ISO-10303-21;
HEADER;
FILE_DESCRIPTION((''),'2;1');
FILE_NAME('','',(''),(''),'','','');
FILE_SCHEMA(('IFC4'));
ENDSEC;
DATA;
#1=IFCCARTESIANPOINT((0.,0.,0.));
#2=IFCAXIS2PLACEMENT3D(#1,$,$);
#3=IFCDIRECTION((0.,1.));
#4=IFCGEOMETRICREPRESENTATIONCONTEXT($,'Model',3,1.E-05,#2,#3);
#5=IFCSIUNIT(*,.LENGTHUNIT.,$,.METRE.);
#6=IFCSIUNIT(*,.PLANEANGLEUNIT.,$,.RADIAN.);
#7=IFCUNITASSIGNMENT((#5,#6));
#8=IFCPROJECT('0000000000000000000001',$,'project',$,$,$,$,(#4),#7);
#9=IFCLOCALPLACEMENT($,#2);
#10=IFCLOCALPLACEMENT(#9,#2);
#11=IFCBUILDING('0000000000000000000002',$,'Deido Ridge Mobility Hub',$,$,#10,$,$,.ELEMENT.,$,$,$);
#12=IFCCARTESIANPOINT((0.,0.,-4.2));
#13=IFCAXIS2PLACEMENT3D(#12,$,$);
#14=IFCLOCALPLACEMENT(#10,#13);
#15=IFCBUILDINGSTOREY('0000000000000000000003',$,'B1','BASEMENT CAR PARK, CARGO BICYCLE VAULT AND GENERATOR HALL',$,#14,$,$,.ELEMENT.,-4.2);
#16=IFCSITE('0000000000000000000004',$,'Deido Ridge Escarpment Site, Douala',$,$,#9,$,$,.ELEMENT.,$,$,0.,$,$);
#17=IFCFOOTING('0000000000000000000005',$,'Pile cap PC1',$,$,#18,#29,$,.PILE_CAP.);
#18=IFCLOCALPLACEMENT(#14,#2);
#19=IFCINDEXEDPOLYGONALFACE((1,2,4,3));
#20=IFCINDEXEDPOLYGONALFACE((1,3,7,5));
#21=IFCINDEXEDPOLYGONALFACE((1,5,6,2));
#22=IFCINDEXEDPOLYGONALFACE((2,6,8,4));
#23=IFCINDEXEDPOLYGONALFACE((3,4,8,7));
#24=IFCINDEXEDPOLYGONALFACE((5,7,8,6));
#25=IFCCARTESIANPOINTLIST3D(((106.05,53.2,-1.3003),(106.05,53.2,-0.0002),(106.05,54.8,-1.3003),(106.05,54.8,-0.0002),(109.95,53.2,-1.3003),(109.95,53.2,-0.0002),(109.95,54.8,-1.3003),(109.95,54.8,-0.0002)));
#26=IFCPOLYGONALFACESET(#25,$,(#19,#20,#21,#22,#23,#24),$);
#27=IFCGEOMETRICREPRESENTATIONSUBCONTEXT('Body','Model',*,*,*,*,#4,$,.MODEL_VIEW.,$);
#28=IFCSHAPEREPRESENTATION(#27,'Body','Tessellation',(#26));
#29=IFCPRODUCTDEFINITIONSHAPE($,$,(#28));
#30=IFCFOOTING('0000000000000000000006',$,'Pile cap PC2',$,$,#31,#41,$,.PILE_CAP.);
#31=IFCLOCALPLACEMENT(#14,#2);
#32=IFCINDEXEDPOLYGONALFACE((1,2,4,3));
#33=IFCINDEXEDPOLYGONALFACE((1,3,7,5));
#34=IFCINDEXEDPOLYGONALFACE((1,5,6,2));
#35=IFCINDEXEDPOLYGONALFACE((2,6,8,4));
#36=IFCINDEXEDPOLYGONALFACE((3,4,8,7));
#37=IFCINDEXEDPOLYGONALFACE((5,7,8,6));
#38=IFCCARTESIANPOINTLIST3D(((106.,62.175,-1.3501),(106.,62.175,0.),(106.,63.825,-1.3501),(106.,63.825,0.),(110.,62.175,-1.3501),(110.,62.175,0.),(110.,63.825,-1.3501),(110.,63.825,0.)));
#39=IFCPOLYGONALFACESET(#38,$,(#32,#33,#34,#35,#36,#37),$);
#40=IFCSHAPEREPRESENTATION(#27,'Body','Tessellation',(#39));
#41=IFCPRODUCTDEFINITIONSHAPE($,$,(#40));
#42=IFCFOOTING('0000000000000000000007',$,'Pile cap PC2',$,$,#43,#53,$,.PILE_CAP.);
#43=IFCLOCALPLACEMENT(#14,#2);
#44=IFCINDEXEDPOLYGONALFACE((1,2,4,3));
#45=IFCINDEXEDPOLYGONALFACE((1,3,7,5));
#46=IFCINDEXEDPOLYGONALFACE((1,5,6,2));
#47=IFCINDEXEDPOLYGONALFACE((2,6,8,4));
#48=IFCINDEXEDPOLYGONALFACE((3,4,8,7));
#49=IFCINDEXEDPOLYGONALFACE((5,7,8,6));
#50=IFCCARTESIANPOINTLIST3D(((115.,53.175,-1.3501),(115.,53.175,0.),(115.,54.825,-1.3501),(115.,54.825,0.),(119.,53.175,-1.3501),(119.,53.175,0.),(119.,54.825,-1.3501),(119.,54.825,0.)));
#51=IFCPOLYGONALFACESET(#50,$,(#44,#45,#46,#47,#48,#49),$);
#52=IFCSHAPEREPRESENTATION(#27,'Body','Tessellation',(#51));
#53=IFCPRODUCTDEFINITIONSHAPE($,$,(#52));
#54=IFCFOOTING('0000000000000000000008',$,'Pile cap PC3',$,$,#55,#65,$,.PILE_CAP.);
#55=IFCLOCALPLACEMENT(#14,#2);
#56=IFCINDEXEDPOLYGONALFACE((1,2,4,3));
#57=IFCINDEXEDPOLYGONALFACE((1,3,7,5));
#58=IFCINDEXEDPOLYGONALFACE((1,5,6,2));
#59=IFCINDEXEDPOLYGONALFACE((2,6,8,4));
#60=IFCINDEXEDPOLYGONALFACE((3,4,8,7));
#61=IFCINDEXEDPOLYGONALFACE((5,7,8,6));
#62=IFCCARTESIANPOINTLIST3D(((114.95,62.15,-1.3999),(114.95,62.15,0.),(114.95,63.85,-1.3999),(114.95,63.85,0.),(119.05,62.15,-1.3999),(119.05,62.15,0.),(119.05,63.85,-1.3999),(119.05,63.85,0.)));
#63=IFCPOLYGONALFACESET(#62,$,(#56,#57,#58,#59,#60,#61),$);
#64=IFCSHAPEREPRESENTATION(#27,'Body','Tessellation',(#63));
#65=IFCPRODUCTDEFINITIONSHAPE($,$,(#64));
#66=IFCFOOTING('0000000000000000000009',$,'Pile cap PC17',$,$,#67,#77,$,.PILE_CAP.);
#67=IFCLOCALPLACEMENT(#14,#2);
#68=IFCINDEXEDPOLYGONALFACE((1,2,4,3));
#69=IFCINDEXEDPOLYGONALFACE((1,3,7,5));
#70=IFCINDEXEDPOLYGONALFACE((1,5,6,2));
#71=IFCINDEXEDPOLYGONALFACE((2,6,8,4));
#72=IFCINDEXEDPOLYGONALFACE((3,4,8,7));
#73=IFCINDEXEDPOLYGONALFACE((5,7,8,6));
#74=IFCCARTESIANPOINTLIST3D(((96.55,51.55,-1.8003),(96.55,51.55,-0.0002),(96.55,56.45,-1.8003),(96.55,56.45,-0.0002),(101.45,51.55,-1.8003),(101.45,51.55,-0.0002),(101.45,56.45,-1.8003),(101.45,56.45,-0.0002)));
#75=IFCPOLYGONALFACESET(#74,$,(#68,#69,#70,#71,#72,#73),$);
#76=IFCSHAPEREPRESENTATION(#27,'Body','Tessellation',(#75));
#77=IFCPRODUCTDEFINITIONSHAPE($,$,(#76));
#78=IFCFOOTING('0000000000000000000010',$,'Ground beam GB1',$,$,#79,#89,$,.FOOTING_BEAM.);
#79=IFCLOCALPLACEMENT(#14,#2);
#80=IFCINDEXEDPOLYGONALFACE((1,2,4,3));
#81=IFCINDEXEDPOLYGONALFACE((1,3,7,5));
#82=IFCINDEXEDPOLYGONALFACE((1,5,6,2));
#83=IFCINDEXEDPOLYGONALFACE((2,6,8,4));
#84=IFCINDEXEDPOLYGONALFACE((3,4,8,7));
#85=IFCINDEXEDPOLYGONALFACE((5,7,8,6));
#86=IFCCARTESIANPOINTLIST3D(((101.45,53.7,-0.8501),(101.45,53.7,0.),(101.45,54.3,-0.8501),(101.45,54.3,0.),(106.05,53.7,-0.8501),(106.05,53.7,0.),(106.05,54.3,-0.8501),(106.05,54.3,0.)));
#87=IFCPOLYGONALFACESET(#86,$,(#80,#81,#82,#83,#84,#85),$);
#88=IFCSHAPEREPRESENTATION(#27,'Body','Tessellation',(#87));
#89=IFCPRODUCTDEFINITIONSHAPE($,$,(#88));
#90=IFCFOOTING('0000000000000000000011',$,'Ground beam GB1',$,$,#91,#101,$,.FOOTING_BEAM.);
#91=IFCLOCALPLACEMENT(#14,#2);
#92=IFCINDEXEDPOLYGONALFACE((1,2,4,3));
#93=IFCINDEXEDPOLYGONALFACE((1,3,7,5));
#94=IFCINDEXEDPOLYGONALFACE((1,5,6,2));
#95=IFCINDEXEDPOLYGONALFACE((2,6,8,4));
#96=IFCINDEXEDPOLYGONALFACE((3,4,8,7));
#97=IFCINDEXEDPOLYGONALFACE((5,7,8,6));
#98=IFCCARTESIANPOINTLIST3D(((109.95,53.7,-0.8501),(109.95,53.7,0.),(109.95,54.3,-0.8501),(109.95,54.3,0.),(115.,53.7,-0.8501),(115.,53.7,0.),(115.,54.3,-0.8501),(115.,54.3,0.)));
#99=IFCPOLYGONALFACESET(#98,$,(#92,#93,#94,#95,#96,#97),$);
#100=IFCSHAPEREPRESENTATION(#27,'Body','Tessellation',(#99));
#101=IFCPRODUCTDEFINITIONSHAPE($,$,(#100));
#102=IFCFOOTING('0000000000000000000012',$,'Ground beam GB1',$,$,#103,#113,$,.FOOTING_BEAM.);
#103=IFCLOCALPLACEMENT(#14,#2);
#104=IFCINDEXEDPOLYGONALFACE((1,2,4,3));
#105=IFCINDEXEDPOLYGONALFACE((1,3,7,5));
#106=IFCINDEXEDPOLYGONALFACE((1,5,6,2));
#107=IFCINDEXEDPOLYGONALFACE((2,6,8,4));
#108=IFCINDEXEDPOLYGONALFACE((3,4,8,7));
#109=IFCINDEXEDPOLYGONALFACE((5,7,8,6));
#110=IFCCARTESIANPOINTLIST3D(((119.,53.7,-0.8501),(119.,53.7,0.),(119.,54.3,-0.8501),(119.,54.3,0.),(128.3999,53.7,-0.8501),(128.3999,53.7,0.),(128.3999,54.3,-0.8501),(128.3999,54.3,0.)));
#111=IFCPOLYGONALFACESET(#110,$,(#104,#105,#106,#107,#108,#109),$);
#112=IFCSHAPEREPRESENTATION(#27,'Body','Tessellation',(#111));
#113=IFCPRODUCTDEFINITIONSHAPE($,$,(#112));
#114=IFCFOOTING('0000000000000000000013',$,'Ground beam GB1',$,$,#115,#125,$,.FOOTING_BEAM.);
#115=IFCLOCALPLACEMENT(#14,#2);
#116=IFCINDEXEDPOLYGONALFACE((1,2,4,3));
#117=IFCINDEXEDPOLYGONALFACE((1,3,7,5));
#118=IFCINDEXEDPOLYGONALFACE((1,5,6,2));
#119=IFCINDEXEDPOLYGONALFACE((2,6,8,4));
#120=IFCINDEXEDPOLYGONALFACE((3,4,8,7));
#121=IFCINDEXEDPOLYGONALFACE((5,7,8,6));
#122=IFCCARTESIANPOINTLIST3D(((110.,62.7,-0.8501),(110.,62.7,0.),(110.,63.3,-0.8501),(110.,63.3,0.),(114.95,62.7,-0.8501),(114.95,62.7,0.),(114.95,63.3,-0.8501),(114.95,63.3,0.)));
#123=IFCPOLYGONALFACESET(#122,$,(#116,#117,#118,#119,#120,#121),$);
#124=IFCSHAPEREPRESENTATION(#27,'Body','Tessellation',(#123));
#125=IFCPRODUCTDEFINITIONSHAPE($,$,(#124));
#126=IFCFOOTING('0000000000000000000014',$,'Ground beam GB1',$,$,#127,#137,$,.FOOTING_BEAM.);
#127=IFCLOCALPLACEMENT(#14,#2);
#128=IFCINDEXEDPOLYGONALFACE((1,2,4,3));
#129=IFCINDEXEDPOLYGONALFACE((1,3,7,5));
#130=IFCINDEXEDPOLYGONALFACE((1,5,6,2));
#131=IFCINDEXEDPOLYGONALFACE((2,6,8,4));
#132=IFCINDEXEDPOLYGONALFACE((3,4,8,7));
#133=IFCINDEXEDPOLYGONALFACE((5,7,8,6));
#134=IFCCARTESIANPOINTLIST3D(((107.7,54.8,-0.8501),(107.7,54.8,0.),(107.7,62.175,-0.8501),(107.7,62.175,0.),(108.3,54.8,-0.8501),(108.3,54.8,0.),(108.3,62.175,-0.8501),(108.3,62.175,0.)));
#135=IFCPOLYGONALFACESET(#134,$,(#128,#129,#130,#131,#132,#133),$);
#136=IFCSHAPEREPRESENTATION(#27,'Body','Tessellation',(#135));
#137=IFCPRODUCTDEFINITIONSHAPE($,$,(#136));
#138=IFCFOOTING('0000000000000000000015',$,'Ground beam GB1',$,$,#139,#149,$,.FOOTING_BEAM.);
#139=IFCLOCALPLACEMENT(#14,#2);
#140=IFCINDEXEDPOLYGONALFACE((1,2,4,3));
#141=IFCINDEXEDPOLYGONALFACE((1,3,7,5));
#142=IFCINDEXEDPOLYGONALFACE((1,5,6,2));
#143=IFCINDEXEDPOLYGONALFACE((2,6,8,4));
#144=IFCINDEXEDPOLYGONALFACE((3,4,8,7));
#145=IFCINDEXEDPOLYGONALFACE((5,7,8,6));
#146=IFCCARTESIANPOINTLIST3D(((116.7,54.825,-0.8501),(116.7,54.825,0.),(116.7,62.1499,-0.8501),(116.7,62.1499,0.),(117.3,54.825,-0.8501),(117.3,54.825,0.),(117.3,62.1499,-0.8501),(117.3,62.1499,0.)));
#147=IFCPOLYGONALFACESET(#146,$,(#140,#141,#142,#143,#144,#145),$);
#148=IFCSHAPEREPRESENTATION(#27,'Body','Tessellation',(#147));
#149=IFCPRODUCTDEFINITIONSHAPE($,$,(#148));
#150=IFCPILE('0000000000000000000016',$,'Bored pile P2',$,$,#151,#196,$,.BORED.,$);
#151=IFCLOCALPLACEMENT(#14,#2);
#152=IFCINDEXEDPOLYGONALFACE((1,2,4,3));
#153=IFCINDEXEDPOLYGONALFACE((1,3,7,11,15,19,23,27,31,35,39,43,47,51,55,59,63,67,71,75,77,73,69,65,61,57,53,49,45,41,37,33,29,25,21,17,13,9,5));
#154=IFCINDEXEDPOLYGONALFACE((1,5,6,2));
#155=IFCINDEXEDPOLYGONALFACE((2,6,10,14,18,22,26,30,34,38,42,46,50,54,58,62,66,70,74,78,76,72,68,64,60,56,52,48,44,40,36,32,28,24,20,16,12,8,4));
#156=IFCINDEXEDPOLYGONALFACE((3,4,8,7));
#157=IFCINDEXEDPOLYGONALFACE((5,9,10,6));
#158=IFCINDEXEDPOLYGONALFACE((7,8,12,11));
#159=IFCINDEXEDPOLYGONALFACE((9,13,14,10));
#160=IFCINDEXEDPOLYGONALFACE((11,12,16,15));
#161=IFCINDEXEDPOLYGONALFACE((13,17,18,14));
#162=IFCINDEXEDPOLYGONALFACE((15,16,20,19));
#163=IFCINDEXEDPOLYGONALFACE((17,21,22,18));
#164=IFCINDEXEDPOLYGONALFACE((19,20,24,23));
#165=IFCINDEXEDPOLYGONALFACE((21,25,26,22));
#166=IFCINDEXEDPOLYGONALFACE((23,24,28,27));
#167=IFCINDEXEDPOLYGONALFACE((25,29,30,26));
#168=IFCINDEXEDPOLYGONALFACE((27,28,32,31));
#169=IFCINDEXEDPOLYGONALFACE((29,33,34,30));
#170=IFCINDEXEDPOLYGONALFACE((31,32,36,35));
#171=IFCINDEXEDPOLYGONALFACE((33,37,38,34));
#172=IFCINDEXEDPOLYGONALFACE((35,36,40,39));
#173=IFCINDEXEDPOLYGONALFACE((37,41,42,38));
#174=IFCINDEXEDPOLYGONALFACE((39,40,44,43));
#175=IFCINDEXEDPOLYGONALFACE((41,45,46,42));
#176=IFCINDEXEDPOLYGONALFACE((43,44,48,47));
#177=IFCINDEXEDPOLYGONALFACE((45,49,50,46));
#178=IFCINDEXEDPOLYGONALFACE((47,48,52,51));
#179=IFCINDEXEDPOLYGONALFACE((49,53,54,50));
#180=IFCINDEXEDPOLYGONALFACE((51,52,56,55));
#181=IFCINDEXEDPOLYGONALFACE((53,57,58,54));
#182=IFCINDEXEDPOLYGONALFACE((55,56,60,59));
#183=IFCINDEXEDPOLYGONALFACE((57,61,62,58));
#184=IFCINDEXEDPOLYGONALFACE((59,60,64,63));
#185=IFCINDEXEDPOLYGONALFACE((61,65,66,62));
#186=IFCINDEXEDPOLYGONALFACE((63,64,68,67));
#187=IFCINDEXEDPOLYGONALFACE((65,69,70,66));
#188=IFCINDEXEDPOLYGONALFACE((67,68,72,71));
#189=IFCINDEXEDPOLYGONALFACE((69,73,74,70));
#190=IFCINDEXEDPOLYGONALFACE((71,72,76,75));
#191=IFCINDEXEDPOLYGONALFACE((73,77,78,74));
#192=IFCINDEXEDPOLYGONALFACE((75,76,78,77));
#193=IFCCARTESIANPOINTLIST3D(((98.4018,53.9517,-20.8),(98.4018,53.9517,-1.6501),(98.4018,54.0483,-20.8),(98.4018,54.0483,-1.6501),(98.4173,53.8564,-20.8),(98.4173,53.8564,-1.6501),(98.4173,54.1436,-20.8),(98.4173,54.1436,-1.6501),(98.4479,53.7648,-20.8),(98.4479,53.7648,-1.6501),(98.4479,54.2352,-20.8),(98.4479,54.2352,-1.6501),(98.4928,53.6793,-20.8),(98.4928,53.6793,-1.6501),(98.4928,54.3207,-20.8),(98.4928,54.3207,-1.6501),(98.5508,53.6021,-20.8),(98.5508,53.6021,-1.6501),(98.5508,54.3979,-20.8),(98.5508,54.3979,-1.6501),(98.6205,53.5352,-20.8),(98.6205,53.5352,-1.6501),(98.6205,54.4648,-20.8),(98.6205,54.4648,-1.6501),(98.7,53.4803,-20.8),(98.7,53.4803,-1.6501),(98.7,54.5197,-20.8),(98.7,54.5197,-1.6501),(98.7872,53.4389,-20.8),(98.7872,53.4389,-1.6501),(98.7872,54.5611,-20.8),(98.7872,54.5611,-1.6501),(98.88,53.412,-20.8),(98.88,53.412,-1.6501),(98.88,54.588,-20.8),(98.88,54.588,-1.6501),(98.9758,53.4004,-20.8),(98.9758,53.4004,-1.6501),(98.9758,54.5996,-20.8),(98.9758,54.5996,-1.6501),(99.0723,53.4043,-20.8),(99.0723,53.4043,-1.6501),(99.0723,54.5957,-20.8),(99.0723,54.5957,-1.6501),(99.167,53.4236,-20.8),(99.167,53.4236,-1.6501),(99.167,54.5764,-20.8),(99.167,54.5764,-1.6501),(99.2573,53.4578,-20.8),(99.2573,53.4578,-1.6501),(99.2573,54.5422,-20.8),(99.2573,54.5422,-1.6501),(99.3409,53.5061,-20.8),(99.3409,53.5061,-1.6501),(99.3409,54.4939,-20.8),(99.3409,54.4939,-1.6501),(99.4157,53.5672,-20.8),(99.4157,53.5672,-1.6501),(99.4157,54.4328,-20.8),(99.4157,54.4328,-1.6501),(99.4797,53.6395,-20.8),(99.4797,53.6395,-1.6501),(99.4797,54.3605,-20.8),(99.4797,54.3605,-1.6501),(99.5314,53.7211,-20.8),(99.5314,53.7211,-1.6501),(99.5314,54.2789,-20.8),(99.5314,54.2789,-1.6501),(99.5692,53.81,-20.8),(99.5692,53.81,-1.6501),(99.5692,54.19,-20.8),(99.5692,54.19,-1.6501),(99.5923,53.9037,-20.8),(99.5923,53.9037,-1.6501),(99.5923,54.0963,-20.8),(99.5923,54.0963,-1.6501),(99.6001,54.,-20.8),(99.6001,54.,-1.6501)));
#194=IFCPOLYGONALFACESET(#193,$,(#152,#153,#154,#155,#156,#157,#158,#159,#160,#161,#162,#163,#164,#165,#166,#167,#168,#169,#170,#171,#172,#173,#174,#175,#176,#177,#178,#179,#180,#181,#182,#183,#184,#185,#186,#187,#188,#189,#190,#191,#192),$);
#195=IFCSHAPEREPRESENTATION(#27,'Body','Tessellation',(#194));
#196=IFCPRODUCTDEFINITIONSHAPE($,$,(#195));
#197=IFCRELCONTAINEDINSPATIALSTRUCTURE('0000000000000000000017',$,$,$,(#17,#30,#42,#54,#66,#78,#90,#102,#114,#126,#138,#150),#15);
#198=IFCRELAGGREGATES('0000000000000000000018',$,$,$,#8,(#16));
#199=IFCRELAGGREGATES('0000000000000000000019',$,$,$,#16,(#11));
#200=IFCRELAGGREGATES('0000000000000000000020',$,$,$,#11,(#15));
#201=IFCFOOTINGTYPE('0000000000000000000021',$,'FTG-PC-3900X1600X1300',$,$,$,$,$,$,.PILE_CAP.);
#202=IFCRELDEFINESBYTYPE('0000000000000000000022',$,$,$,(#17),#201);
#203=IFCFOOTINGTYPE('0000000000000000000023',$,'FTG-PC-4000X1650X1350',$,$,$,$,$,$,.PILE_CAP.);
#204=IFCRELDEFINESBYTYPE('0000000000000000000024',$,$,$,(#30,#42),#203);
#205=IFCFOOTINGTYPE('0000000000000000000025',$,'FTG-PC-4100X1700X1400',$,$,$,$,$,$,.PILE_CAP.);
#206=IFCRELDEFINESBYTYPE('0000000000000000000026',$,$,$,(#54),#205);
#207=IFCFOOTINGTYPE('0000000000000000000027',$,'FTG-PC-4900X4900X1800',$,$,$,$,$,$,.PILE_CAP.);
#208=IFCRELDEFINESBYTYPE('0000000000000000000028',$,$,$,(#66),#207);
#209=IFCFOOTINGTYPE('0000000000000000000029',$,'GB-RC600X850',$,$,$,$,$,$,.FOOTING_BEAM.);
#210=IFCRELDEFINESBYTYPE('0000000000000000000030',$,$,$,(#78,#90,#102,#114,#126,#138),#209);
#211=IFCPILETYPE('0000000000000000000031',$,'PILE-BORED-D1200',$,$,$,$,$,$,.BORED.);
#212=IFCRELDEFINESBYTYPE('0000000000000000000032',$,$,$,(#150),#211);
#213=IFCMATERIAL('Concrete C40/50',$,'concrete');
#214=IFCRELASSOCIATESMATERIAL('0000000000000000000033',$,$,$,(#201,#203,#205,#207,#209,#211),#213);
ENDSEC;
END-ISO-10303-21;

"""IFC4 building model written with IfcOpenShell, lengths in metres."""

from ifc_helpers import new_model, si_unit, direction, frame, origin, origin_2d, place, context, subcontext, project, spatial, rectangle, circle, extrude, material, material_profile, profile_set, type_object, element, save


model = new_model("IFC4")

# Units and contexts
model_context = context("Model", 3, precision=1e-05, world=origin(), true_north=direction((0.0, 1.0)))
body_context = subcontext(model_context, "Body", "Model", "MODEL_VIEW")
ifc_project = project(units=[si_unit("LENGTHUNIT", "METRE"), si_unit("PLANEANGLEUNIT", "RADIAN")], contexts=[model_context])

# Site, building, storey
site_placement = place(None, origin())
site = spatial("IfcSite", under=ifc_project, at=site_placement, Name="Deido Ridge Escarpment Site, Douala", CompositionType="ELEMENT", RefElevation=0.0)
building_placement = place(site_placement, origin())
building = spatial("IfcBuilding", under=site, at=building_placement, Name="Deido Ridge Mobility Hub", CompositionType="ELEMENT")
storey_placement = place(building_placement, frame((0.0, 0.0, -4.2)))
storey = spatial("IfcBuildingStorey", under=building, at=storey_placement, Name="B1", Description="BASEMENT CAR PARK, CARGO BICYCLE VAULT AND GENERATOR HALL", CompositionType="ELEMENT", Elevation=-4.2)

# Footings
ifc_material_1 = material(Name="Concrete C40/50", Category="concrete")
footing_type_1 = type_object("IfcFootingType", Name="FTG-PC-3900X1600X1300", PredefinedType="PILE_CAP", material=ifc_material_1)
footing_1_placement = place(storey_placement, frame((108.0, 54.0, -1.3003), z_axis=(0.0, 0.0, 1.0), x_axis=(1.0, 0.0, 0.0)))
element("IfcFooting", 1, at=footing_1_placement, inside=storey, type_object=footing_type_1, Name="Pile cap PC1", PredefinedType="PILE_CAP", context=body_context, shape_type="SweptSolid", body=[
    extrude(rectangle(XDim=3.8999, YDim=1.6001, at=origin_2d()), origin(), (0.0, 0.0, 1.0), 1.3),
])
footing_type_2 = type_object("IfcFootingType", Name="FTG-PC-4000X1650X1350", PredefinedType="PILE_CAP", material=ifc_material_1)
for number, where, z_axis, x_axis, name in (
    (2, (108.0, 63.0, -1.3501), (0.0, 0.0, 1.0), (1.0, 0.0, 0.0), "Pile cap PC2"),
    (3, (117.0, 54.0, -1.3501), (0.0, 0.0, 1.0), (1.0, 0.0, 0.0), "Pile cap PC2"),
):
    element("IfcFooting", number, at=place(storey_placement, frame(where, z_axis=z_axis, x_axis=x_axis)), inside=storey, type_object=footing_type_2, Name=name, PredefinedType="PILE_CAP", context=body_context, shape_type="SweptSolid", body=[
        extrude(rectangle(XDim=4.0, YDim=1.6499, at=origin_2d()), origin(), (0.0, 0.0, 1.0), 1.3501),
    ])
footing_type_3 = type_object("IfcFootingType", Name="FTG-PC-4100X1700X1400", PredefinedType="PILE_CAP", material=ifc_material_1)
footing_2_placement = place(storey_placement, frame((117.0, 63.0, -1.3999), z_axis=(0.0, 0.0, 1.0), x_axis=(1.0, 0.0, 0.0)))
element("IfcFooting", 4, at=footing_2_placement, inside=storey, type_object=footing_type_3, Name="Pile cap PC3", PredefinedType="PILE_CAP", context=body_context, shape_type="SweptSolid", body=[
    extrude(rectangle(XDim=4.1001, YDim=1.7, at=origin_2d()), origin(), (0.0, 0.0, 1.0), 1.3999),
])
footing_type_4 = type_object("IfcFootingType", Name="FTG-PC-4900X4900X1800", PredefinedType="PILE_CAP", material=ifc_material_1)
footing_3_placement = place(storey_placement, frame((99.0, 54.0, -1.8003), z_axis=(0.0, 0.0, 1.0), x_axis=(1.0, 0.0, 0.0)))
element("IfcFooting", 5, at=footing_3_placement, inside=storey, type_object=footing_type_4, Name="Pile cap PC17", PredefinedType="PILE_CAP", context=body_context, shape_type="SweptSolid", body=[
    extrude(rectangle(XDim=4.8999, YDim=4.8999, at=origin_2d()), origin(), (0.0, 0.0, 1.0), 1.8),
])
ifc_material_profile_1 = material_profile(ifc_material_1, rectangle(XDim=0.6001, YDim=0.8501, at=origin_2d()), Name="RC GB 600x850")
ifc_profile_set_1 = profile_set([ifc_material_profile_1], Name="Concrete C40/50")
footing_type_5 = type_object("IfcFootingType", Name="GB-RC600X850", PredefinedType="FOOTING_BEAM", material=ifc_profile_set_1)
footing_4_placement = place(storey_placement, frame((101.45, 54.0, -0.425), z_axis=(1.0, 0.0, 0.0), x_axis=(0.0, 1.0, 0.0)))
element("IfcFooting", 6, at=footing_4_placement, inside=storey, type_object=footing_type_5, Name="Ground beam GB1", PredefinedType="FOOTING_BEAM", context=body_context, shape_type="SweptSolid", body=[
    extrude(rectangle(XDim=0.6001, YDim=0.8501, at=origin_2d()), origin(), (0.0, 0.0, 1.0), 4.6001),
])
footing_5_placement = place(storey_placement, frame((109.95, 54.0, -0.425), z_axis=(1.0, 0.0, 0.0), x_axis=(0.0, 1.0, 0.0)))
element("IfcFooting", 7, at=footing_5_placement, inside=storey, type_object=footing_type_5, Name="Ground beam GB1", PredefinedType="FOOTING_BEAM", context=body_context, shape_type="SweptSolid", body=[
    extrude(rectangle(XDim=0.6001, YDim=0.8501, at=origin_2d()), origin(), (0.0, 0.0, 1.0), 5.05),
])
footing_6_placement = place(storey_placement, frame((119.0, 54.0, -0.425), z_axis=(1.0, 0.0, 0.0), x_axis=(0.0, 1.0, 0.0)))
element("IfcFooting", 8, at=footing_6_placement, inside=storey, type_object=footing_type_5, Name="Ground beam GB1", PredefinedType="FOOTING_BEAM", context=body_context, shape_type="SweptSolid", body=[
    extrude(rectangle(XDim=0.6001, YDim=0.8501, at=origin_2d()), origin(), (0.0, 0.0, 1.0), 9.3999),
])
footing_7_placement = place(storey_placement, frame((110.0, 63.0, -0.425), z_axis=(1.0, 0.0, 0.0), x_axis=(0.0, 1.0, 0.0)))
element("IfcFooting", 9, at=footing_7_placement, inside=storey, type_object=footing_type_5, Name="Ground beam GB1", PredefinedType="FOOTING_BEAM", context=body_context, shape_type="SweptSolid", body=[
    extrude(rectangle(XDim=0.6001, YDim=0.8501, at=origin_2d()), origin(), (0.0, 0.0, 1.0), 4.95),
])
footing_8_placement = place(storey_placement, frame((108.0, 54.8, -0.425), z_axis=(0.0, 1.0, 0.0), x_axis=(-1.0, 0.0, 0.0)))
element("IfcFooting", 10, at=footing_8_placement, inside=storey, type_object=footing_type_5, Name="Ground beam GB1", PredefinedType="FOOTING_BEAM", context=body_context, shape_type="SweptSolid", body=[
    extrude(rectangle(XDim=0.6001, YDim=0.8501, at=origin_2d()), origin(), (0.0, 0.0, 1.0), 7.375),
])
footing_9_placement = place(storey_placement, frame((117.0, 54.825, -0.425), z_axis=(0.0, 1.0, 0.0), x_axis=(-1.0, 0.0, 0.0)))
element("IfcFooting", 11, at=footing_9_placement, inside=storey, type_object=footing_type_5, Name="Ground beam GB1", PredefinedType="FOOTING_BEAM", context=body_context, shape_type="SweptSolid", body=[
    extrude(rectangle(XDim=0.6001, YDim=0.8501, at=origin_2d()), origin(), (0.0, 0.0, 1.0), 7.325),
])

# Pile
ifc_material_profile_2 = material_profile(ifc_material_1, circle(Radius=0.6001, at=origin_2d()), Name="BORED PILE D1200")
ifc_profile_set_2 = profile_set([ifc_material_profile_2], Name="Concrete C40/50")
pile_type_1 = type_object("IfcPileType", Name="PILE-BORED-D1200", PredefinedType="BORED", material=ifc_profile_set_2)
pile_1_placement = place(storey_placement, frame((99.0, 54.0, -1.6501), z_axis=(0.0, 0.0, -1.0), x_axis=(1.0, 0.0, 0.0)))
element("IfcPile", 12, at=pile_1_placement, inside=storey, type_object=pile_type_1, Name="Bored pile P2", PredefinedType="BORED", context=body_context, shape_type="SweptSolid", body=[
    extrude(circle(Radius=0.6001, at=origin_2d()), origin(), (0.0, 0.0, 1.0), 19.1499),
])

save(model, "model.ifc")
